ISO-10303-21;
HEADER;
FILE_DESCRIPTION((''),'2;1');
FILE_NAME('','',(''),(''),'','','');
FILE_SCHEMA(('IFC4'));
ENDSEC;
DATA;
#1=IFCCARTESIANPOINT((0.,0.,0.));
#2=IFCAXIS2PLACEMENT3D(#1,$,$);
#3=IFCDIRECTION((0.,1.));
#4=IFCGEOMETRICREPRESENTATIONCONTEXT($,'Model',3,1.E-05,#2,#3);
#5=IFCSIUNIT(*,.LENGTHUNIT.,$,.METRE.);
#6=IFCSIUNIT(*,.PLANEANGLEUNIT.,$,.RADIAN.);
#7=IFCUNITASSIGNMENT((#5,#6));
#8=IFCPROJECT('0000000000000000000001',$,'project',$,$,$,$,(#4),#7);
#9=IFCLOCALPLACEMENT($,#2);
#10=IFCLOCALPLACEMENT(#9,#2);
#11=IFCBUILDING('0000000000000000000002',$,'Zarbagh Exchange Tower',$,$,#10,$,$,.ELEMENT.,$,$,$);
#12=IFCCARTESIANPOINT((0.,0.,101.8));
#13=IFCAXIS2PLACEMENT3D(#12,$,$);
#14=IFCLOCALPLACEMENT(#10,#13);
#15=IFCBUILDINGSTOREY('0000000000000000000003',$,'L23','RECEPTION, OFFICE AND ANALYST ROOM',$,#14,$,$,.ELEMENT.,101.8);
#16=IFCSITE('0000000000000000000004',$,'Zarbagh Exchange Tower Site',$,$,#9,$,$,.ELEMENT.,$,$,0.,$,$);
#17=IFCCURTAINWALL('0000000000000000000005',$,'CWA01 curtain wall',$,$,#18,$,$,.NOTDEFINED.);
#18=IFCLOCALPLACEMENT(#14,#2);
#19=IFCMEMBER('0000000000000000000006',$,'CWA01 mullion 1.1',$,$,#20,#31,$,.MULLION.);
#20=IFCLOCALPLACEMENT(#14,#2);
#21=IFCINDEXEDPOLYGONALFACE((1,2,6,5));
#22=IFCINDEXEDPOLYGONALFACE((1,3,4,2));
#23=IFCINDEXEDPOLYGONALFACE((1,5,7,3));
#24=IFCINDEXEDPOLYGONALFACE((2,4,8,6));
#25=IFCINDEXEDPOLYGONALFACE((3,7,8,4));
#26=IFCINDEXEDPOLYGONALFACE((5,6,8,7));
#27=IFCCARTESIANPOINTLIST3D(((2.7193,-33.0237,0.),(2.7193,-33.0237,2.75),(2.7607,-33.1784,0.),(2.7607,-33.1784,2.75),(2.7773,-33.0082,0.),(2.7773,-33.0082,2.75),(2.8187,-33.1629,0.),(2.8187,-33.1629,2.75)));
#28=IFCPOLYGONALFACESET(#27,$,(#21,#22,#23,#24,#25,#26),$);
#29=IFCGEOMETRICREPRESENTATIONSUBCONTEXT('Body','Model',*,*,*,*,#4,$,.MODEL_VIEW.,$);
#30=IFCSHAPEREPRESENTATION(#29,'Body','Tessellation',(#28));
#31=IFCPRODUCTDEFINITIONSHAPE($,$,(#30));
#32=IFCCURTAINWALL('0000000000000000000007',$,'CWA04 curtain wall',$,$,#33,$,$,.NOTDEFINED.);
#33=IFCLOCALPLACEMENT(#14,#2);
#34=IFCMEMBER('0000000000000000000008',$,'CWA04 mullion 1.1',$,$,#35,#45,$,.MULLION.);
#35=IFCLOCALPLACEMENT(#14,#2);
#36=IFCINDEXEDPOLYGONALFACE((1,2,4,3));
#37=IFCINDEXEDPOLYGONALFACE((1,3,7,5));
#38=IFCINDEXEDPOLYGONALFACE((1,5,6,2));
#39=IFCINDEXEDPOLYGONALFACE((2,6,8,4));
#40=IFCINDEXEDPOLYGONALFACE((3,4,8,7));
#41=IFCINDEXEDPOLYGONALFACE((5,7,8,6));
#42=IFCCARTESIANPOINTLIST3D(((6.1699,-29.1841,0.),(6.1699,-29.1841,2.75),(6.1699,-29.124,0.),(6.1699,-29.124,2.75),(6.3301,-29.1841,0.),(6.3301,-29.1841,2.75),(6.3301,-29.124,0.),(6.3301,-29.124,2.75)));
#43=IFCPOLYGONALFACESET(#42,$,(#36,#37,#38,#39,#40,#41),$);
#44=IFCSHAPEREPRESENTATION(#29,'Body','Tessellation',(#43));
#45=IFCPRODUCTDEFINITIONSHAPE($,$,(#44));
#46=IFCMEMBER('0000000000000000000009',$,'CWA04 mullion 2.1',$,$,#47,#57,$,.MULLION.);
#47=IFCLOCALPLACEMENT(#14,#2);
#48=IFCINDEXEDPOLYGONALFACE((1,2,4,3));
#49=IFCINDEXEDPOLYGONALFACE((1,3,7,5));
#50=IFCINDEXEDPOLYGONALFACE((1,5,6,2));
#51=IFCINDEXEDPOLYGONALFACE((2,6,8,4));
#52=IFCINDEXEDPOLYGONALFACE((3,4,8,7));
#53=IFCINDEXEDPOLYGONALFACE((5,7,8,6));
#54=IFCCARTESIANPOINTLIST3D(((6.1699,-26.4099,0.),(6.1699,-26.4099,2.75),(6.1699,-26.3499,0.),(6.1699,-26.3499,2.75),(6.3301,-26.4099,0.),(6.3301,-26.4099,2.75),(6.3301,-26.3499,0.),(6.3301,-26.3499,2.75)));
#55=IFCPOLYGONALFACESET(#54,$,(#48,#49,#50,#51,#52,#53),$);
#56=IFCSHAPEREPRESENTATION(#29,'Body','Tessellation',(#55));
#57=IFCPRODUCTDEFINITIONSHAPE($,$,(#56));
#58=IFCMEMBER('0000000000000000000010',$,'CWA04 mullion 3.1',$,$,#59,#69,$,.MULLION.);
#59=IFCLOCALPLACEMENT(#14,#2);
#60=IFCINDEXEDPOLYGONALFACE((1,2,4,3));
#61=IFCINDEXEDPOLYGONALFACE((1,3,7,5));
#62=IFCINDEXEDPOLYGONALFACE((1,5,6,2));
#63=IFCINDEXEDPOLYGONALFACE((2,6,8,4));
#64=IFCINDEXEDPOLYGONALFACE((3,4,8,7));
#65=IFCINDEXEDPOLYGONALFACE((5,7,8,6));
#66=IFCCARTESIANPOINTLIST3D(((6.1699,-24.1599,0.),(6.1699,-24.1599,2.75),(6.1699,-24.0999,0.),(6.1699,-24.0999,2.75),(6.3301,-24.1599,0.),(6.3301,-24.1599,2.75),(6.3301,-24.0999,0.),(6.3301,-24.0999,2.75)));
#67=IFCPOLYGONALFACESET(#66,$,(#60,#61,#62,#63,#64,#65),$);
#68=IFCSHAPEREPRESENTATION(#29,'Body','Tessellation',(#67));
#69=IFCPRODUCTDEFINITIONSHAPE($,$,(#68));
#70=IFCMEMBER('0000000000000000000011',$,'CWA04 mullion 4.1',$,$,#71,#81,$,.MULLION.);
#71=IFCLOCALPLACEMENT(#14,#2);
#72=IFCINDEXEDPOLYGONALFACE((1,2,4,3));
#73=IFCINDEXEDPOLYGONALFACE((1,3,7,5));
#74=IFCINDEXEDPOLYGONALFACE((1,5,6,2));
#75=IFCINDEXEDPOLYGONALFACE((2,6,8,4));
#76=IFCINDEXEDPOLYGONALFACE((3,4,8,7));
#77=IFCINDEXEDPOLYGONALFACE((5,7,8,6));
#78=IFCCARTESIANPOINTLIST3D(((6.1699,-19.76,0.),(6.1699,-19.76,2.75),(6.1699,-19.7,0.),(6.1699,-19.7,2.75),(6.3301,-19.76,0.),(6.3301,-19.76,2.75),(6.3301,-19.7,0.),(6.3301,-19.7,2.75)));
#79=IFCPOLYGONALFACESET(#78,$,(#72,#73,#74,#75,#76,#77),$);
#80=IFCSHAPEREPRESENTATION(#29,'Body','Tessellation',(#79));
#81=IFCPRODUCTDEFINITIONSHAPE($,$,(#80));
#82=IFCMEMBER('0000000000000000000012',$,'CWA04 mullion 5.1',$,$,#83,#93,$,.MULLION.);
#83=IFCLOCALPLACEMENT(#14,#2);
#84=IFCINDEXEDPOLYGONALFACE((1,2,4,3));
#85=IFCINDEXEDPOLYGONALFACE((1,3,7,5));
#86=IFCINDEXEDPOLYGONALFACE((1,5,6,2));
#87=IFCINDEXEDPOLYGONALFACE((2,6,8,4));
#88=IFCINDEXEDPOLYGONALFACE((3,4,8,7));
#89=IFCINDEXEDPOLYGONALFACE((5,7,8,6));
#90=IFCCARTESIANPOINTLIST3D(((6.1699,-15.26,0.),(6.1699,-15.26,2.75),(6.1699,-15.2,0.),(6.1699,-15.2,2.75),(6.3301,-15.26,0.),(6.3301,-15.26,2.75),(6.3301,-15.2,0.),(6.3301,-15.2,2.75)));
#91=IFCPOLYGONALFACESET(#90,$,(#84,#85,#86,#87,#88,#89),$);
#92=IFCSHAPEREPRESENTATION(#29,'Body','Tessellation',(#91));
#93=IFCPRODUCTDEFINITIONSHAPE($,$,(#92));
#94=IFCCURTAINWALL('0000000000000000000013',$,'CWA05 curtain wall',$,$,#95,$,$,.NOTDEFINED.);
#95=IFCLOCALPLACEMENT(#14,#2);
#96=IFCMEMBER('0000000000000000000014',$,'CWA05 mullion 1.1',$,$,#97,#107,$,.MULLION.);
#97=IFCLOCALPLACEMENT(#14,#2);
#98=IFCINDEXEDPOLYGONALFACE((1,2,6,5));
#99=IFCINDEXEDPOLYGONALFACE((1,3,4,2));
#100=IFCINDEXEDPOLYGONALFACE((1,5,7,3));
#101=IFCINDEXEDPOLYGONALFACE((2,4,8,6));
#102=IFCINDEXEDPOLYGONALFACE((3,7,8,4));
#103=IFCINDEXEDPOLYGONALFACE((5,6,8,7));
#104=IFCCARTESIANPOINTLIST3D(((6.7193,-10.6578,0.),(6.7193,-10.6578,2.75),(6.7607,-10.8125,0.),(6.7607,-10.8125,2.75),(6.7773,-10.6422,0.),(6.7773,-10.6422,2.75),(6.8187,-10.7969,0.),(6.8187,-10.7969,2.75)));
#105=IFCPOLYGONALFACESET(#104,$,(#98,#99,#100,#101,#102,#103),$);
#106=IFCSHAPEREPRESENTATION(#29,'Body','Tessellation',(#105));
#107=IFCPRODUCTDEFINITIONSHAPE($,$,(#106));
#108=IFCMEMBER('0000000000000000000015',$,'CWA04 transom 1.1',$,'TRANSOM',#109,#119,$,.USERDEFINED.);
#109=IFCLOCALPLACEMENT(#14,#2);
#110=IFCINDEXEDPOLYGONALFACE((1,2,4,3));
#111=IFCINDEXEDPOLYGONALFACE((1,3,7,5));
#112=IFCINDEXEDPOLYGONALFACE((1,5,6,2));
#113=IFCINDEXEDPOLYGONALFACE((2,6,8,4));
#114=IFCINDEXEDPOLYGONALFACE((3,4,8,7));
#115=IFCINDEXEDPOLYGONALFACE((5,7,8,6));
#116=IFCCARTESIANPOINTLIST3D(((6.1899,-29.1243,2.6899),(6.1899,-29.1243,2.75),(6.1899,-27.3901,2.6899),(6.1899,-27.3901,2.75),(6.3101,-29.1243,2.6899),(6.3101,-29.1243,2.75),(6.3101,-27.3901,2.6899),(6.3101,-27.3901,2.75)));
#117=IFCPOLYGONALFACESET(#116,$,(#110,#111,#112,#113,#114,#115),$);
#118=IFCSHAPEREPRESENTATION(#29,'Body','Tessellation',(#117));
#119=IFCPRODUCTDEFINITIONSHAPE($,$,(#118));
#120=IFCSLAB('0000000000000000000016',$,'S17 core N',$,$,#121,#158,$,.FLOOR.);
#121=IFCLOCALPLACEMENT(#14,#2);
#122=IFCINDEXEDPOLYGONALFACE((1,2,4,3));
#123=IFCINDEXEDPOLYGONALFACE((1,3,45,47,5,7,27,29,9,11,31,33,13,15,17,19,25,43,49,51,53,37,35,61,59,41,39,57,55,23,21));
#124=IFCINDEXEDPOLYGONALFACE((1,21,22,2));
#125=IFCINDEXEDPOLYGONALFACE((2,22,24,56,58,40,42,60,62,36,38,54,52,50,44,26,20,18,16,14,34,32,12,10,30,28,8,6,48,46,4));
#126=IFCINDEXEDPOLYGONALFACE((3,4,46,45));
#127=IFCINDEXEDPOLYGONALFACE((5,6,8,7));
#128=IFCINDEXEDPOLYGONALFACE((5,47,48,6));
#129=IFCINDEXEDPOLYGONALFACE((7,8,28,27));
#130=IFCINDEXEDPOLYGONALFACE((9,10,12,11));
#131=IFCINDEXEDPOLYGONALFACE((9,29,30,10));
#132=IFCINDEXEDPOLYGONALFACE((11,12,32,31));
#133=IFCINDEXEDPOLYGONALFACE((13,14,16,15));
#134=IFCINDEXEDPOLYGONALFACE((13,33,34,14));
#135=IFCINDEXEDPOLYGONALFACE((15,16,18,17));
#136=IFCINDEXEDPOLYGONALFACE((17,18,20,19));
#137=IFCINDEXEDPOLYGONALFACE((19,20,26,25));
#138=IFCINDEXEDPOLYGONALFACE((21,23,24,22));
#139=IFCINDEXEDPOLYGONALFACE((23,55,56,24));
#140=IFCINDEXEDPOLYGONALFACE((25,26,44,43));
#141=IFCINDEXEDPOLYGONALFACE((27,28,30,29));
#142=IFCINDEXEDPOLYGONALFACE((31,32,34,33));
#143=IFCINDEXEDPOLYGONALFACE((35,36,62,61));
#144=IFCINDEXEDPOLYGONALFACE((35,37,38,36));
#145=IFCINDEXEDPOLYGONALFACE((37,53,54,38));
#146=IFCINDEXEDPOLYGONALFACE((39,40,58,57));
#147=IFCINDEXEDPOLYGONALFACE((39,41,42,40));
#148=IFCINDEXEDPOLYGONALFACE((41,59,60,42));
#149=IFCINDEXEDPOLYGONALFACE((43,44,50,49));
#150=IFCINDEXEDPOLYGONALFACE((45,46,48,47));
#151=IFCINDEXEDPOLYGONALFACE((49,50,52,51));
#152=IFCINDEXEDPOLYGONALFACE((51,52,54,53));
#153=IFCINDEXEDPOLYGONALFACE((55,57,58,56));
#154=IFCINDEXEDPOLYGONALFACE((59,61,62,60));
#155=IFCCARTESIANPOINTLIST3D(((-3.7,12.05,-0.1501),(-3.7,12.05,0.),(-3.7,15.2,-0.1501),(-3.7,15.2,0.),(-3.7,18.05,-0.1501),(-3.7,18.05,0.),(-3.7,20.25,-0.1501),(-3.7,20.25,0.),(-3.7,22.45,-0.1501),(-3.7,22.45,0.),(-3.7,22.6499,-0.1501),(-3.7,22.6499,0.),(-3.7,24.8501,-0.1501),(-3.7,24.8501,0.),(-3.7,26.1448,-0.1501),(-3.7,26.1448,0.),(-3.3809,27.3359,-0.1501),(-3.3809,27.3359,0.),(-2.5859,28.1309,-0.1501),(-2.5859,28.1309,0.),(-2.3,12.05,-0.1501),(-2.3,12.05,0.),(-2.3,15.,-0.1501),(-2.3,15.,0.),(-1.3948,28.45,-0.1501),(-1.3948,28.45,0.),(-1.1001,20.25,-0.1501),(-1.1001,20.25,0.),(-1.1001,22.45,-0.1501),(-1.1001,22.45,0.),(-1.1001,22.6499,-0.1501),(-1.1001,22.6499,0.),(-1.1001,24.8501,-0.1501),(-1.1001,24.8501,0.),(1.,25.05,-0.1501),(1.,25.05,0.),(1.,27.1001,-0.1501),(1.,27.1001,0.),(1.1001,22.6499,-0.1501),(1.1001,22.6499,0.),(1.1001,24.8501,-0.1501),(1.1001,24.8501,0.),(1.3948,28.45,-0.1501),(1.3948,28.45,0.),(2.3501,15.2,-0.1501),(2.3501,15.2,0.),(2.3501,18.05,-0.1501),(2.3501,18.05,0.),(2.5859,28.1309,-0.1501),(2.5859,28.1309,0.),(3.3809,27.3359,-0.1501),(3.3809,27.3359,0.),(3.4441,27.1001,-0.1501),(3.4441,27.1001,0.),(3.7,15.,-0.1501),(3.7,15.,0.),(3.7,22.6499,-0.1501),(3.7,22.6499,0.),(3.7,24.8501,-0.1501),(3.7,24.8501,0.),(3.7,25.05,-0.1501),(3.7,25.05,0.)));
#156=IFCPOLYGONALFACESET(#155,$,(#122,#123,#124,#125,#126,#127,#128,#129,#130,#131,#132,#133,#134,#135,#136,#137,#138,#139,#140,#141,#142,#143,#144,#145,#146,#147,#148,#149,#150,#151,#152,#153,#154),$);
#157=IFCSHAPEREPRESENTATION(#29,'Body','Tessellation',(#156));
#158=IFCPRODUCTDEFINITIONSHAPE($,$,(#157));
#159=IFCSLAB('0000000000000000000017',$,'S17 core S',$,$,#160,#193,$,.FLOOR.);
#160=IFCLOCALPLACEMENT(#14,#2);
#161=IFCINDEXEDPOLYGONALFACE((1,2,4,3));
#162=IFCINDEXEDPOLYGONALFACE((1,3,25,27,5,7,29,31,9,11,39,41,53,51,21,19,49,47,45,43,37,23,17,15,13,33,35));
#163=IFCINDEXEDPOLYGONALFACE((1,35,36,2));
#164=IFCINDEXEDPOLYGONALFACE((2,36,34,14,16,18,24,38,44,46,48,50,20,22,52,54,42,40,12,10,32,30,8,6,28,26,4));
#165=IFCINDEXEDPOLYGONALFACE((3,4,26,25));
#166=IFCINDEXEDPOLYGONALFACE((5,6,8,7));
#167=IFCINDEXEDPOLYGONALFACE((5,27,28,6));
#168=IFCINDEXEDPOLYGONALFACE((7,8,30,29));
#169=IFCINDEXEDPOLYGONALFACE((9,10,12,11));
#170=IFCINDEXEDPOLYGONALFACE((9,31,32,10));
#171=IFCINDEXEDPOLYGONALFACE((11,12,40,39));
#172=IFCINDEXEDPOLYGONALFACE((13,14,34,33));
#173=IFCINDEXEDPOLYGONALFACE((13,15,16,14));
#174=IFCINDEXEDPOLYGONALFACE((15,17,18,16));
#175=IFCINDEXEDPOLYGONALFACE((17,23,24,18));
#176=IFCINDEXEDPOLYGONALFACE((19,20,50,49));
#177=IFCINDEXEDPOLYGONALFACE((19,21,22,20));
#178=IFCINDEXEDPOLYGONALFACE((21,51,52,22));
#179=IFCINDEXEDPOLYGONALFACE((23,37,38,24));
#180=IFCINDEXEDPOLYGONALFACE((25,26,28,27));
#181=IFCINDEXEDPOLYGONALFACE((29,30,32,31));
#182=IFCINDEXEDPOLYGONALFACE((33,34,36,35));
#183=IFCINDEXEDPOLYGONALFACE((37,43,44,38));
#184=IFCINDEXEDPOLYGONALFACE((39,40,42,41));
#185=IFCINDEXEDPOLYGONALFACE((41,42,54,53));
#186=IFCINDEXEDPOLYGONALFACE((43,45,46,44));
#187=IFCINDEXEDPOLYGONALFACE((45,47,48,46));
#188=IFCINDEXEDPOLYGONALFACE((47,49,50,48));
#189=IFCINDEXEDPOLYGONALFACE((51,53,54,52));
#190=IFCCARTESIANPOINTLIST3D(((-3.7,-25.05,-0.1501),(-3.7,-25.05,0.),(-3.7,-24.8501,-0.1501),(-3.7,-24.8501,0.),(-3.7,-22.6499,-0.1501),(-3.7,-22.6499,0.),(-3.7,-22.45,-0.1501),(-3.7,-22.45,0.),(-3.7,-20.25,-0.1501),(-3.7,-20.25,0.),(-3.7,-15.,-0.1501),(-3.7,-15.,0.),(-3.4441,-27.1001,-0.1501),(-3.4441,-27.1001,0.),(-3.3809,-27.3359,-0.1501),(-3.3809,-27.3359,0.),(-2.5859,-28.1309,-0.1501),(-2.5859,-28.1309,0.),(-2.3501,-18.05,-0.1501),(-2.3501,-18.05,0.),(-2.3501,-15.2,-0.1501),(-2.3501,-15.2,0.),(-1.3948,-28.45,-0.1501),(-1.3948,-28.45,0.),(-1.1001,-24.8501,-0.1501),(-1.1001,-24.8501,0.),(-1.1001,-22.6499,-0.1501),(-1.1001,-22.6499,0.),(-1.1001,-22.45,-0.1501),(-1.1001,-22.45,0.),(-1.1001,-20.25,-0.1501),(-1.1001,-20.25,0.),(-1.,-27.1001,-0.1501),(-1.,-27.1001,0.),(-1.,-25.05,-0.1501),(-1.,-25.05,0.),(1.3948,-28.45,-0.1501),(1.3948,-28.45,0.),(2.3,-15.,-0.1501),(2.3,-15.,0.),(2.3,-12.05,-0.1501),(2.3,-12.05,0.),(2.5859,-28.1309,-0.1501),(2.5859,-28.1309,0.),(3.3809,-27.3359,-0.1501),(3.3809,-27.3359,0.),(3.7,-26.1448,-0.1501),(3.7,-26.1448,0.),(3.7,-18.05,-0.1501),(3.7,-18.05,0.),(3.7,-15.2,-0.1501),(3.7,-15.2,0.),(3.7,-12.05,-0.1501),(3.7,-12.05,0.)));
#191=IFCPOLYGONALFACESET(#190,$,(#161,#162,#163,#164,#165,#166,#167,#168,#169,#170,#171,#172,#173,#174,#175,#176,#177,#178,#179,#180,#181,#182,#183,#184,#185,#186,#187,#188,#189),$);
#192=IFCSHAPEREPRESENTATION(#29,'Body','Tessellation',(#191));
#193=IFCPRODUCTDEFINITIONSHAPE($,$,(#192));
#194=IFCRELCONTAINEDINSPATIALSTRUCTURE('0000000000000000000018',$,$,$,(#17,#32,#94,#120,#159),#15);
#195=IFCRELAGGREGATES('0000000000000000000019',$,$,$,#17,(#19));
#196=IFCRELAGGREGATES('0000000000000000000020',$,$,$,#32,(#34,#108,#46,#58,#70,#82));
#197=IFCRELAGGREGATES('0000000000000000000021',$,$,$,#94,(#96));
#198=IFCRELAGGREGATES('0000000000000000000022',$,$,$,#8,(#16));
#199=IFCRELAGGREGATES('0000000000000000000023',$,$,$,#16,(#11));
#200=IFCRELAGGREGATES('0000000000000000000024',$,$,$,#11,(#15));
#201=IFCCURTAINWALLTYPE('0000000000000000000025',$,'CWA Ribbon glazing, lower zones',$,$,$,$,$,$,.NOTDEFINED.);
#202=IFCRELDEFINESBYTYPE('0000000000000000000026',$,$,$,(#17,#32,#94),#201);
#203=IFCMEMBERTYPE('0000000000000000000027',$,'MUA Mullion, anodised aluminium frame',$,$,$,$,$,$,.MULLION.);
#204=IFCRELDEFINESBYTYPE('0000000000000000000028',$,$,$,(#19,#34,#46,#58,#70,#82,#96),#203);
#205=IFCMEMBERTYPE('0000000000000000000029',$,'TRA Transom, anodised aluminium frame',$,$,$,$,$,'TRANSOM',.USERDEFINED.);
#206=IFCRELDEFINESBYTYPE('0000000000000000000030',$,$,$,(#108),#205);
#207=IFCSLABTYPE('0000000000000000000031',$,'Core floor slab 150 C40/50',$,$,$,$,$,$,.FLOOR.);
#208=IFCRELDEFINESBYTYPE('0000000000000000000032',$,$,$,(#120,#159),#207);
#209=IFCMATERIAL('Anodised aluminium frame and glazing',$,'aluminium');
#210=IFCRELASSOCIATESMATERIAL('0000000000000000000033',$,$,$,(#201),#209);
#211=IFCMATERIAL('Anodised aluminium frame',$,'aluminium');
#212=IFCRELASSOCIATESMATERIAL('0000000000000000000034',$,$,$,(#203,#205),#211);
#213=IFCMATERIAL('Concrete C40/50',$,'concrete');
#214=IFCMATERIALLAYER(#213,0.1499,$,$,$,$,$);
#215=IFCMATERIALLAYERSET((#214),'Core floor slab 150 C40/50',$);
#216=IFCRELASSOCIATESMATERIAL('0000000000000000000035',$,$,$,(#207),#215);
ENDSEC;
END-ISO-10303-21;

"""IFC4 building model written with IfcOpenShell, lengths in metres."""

from ifc_helpers import new_model, si_unit, direction, frame, origin, place, context, subcontext, project, spatial, polyline, outline, extrude, source, transform, mapped, material, layer, layer_set, type_object, element, aggregate, save


model = new_model("IFC4")

# Units and contexts
model_context = context("Model", 3, precision=1e-05, world=origin(), true_north=direction((0.0, 1.0)))
body_context = subcontext(model_context, "Body", "Model", "MODEL_VIEW")
ifc_project = project(units=[si_unit("LENGTHUNIT", "METRE"), si_unit("PLANEANGLEUNIT", "RADIAN")], contexts=[model_context])

# Site, building, storey
site_placement = place(None, origin())
site = spatial("IfcSite", under=ifc_project, at=site_placement, Name="Zarbagh Exchange Tower Site", CompositionType="ELEMENT", RefElevation=0.0)
building_placement = place(site_placement, origin())
building = spatial("IfcBuilding", under=site, at=building_placement, Name="Zarbagh Exchange Tower", CompositionType="ELEMENT")
storey_placement = place(building_placement, frame((0.0, 0.0, 101.8)))
storey = spatial("IfcBuildingStorey", under=building, at=storey_placement, Name="L23", Description="RECEPTION, OFFICE AND ANALYST ROOM", CompositionType="ELEMENT", Elevation=101.8)

# Curtain wall, member
ifc_material_1 = material(Name="Anodised aluminium frame and glazing", Category="aluminium")
curtain_wall_type = type_object("IfcCurtainWallType", Name="CWA Ribbon glazing, lower zones", PredefinedType="NOTDEFINED", material=ifc_material_1)
curtain_wall_1_placement = place(storey_placement, origin())
curtain_wall_1 = element("IfcCurtainWall", 1, at=curtain_wall_1_placement, inside=storey, type_object=curtain_wall_type, Name="CWA01 curtain wall", PredefinedType="NOTDEFINED")
ifc_material_2 = material(Name="Anodised aluminium frame", Category="aluminium")
member_type_1 = type_object("IfcMemberType", Name="MUA Mullion, anodised aluminium frame", PredefinedType="MULLION", material=ifc_material_2)
shared_shape_1 = source(origin(), body_context, "Body", "SweptSolid", [
    extrude(outline(polyline([(0.0, -0.0801), (0.0601, -0.0801), (0.0601, 0.0801), (0.0, 0.0801), (0.0, -0.0801)])), origin(), (0.0, 0.0, 1.0), 2.75),
])
placement = place(storey_placement, origin())
member_1 = element("IfcMember", 2, at=placement, type_object=member_type_1, Name="CWA01 mullion 1.1", PredefinedType="MULLION", context=body_context, shape_type="MappedRepresentation", body=[
    mapped(shared_shape_1, transform((2.74, -33.1011, 0.0), x_axis=(0.965924, 0.258825, 0.0), y_axis=(-0.258825, 0.965924, 0.0), z_axis=(0.0, 0.0, 1.0))),
])

# Curtain wall, members
curtain_wall_2_placement = place(storey_placement, origin())
curtain_wall_2 = element("IfcCurtainWall", 3, at=curtain_wall_2_placement, inside=storey, type_object=curtain_wall_type, Name="CWA04 curtain wall", PredefinedType="NOTDEFINED")
member_2 = element("IfcMember", 4, at=placement, type_object=member_type_1, Name="CWA04 mullion 1.1", PredefinedType="MULLION", context=body_context, shape_type="MappedRepresentation", body=[
    mapped(shared_shape_1, transform((6.25, -29.1841, 0.0), x_axis=(0.0, 1.0, 0.0), y_axis=(-1.0, 0.0, 0.0), z_axis=(0.0, 0.0, 1.0))),
])
member_3 = element("IfcMember", 5, at=placement, type_object=member_type_1, Name="CWA04 mullion 2.1", PredefinedType="MULLION", context=body_context, shape_type="MappedRepresentation", body=[
    mapped(shared_shape_1, transform((6.25, -26.4099, 0.0), x_axis=(0.0, 1.0, 0.0), y_axis=(-1.0, 0.0, 0.0), z_axis=(0.0, 0.0, 1.0))),
])
member_4 = element("IfcMember", 6, at=placement, type_object=member_type_1, Name="CWA04 mullion 3.1", PredefinedType="MULLION", context=body_context, shape_type="MappedRepresentation", body=[
    mapped(shared_shape_1, transform((6.25, -24.1599, 0.0), x_axis=(0.0, 1.0, 0.0), y_axis=(-1.0, 0.0, 0.0), z_axis=(0.0, 0.0, 1.0))),
])
member_5 = element("IfcMember", 7, at=placement, type_object=member_type_1, Name="CWA04 mullion 4.1", PredefinedType="MULLION", context=body_context, shape_type="MappedRepresentation", body=[
    mapped(shared_shape_1, transform((6.25, -19.76, 0.0), x_axis=(0.0, 1.0, 0.0), y_axis=(-1.0, 0.0, 0.0), z_axis=(0.0, 0.0, 1.0))),
])
member_6 = element("IfcMember", 8, at=placement, type_object=member_type_1, Name="CWA04 mullion 5.1", PredefinedType="MULLION", context=body_context, shape_type="MappedRepresentation", body=[
    mapped(shared_shape_1, transform((6.25, -15.26, 0.0), x_axis=(0.0, 1.0, 0.0), y_axis=(-1.0, 0.0, 0.0), z_axis=(0.0, 0.0, 1.0))),
])

# Curtain wall, member
curtain_wall_3_placement = place(storey_placement, origin())
curtain_wall_3 = element("IfcCurtainWall", 9, at=curtain_wall_3_placement, inside=storey, type_object=curtain_wall_type, Name="CWA05 curtain wall", PredefinedType="NOTDEFINED")
member_7 = element("IfcMember", 10, at=placement, type_object=member_type_1, Name="CWA05 mullion 1.1", PredefinedType="MULLION", context=body_context, shape_type="MappedRepresentation", body=[
    mapped(shared_shape_1, transform((6.74, -10.7351, 0.0), x_axis=(0.965924, 0.258825, 0.0), y_axis=(-0.258825, 0.965924, 0.0), z_axis=(0.0, 0.0, 1.0))),
])

# Member
member_type_2 = type_object("IfcMemberType", Name="TRA Transom, anodised aluminium frame", ElementType="TRANSOM", PredefinedType="USERDEFINED", material=ifc_material_2)
shared_shape_2 = source(origin(), body_context, "Body", "SweptSolid", [
    extrude(outline(polyline([(-0.0601, -0.0601), (0.0, -0.0601), (0.0, 0.0601), (-0.0601, 0.0601), (-0.0601, -0.0601)])), origin(), (0.0, 0.0, 1.0), 1.7341),
])
member_8 = element("IfcMember", 11, at=placement, type_object=member_type_2, Name="CWA04 transom 1.1", ObjectType="TRANSOM", PredefinedType="USERDEFINED", context=body_context, shape_type="MappedRepresentation", body=[
    mapped(shared_shape_2, transform((6.25, -29.1243, 2.75), x_axis=(0.0, 0.0, 1.0), y_axis=(1.0, 0.0, 0.0), z_axis=(0.0, 1.0, 0.0))),
])

# Slabs
ifc_material_3 = material(Name="Concrete C40/50", Category="concrete")
ifc_layer_1 = layer(ifc_material_3, 0.1499)
ifc_layer_set_1 = layer_set([ifc_layer_1], Name="Core floor slab 150 C40/50")
slab_type = type_object("IfcSlabType", Name="Core floor slab 150 C40/50", PredefinedType="FLOOR", material=ifc_layer_set_1)
slab_1_placement = place(storey_placement, frame((0.0, 0.0, -0.1501)))
element("IfcSlab", 12, at=slab_1_placement, inside=storey, type_object=slab_type, Name="S17 core N", PredefinedType="FLOOR", context=body_context, shape_type="SweptSolid", body=[
    extrude(outline(polyline([(-3.7, 12.05), (-3.7, 15.2), (2.3501, 15.2), (2.3501, 18.05), (-3.7, 18.05), (-3.7, 20.25), (-1.1001, 20.25), (-1.1001, 22.45), (-3.7, 22.45), (-3.7, 22.6499), (-1.1001, 22.6499), (-1.1001, 24.8501), (-3.7, 24.8501), (-3.7, 26.1448), (-3.3809, 27.3359), (-2.5859, 28.1309), (-1.3948, 28.45), (1.3948, 28.45), (2.5859, 28.1309), (3.3809, 27.3359), (3.6465, 26.3447), (3.4441, 27.1001), (1.0, 27.1001), (1.0, 25.05), (3.7, 25.05), (3.7, 24.8501), (1.1001, 24.8501), (1.1001, 22.6499), (3.7, 22.6499), (3.7, 15.0), (-2.3, 15.0), (-2.3, 12.05), (-3.7, 12.05)])), origin(), (0.0, 0.0, 1.0), 0.1501),
])
slab_2_placement = place(storey_placement, frame((0.0, 0.0, -0.1501)))
element("IfcSlab", 13, at=slab_2_placement, inside=storey, type_object=slab_type, Name="S17 core S", PredefinedType="FLOOR", context=body_context, shape_type="SweptSolid", body=[
    extrude(outline(polyline([(-2.5859, -28.1309), (-3.3809, -27.3359), (-3.6465, -26.3447), (-3.4441, -27.1001), (-1.0, -27.1001), (-1.0, -25.05), (-3.7, -25.05), (-3.7, -24.8501), (-1.1001, -24.8501), (-1.1001, -22.6499), (-3.7, -22.6499), (-3.7, -22.45), (-1.1001, -22.45), (-1.1001, -20.25), (-3.7, -20.25), (-3.7, -15.0), (2.3, -15.0), (2.3, -12.05), (3.7, -12.05), (3.7, -15.2), (-2.3501, -15.2), (-2.3501, -18.05), (3.7, -18.05), (3.7, -26.1448), (3.3809, -27.3359), (2.5859, -28.1309), (1.3948, -28.45), (-1.3948, -28.45), (-2.5859, -28.1309)])), origin(), (0.0, 0.0, 1.0), 0.1501),
])

aggregate(curtain_wall_1, [member_1])

aggregate(curtain_wall_2, [member_2, member_8, member_3, member_4, member_5, member_6])
aggregate(curtain_wall_3, [member_7])

save(model, "model.ifc")
